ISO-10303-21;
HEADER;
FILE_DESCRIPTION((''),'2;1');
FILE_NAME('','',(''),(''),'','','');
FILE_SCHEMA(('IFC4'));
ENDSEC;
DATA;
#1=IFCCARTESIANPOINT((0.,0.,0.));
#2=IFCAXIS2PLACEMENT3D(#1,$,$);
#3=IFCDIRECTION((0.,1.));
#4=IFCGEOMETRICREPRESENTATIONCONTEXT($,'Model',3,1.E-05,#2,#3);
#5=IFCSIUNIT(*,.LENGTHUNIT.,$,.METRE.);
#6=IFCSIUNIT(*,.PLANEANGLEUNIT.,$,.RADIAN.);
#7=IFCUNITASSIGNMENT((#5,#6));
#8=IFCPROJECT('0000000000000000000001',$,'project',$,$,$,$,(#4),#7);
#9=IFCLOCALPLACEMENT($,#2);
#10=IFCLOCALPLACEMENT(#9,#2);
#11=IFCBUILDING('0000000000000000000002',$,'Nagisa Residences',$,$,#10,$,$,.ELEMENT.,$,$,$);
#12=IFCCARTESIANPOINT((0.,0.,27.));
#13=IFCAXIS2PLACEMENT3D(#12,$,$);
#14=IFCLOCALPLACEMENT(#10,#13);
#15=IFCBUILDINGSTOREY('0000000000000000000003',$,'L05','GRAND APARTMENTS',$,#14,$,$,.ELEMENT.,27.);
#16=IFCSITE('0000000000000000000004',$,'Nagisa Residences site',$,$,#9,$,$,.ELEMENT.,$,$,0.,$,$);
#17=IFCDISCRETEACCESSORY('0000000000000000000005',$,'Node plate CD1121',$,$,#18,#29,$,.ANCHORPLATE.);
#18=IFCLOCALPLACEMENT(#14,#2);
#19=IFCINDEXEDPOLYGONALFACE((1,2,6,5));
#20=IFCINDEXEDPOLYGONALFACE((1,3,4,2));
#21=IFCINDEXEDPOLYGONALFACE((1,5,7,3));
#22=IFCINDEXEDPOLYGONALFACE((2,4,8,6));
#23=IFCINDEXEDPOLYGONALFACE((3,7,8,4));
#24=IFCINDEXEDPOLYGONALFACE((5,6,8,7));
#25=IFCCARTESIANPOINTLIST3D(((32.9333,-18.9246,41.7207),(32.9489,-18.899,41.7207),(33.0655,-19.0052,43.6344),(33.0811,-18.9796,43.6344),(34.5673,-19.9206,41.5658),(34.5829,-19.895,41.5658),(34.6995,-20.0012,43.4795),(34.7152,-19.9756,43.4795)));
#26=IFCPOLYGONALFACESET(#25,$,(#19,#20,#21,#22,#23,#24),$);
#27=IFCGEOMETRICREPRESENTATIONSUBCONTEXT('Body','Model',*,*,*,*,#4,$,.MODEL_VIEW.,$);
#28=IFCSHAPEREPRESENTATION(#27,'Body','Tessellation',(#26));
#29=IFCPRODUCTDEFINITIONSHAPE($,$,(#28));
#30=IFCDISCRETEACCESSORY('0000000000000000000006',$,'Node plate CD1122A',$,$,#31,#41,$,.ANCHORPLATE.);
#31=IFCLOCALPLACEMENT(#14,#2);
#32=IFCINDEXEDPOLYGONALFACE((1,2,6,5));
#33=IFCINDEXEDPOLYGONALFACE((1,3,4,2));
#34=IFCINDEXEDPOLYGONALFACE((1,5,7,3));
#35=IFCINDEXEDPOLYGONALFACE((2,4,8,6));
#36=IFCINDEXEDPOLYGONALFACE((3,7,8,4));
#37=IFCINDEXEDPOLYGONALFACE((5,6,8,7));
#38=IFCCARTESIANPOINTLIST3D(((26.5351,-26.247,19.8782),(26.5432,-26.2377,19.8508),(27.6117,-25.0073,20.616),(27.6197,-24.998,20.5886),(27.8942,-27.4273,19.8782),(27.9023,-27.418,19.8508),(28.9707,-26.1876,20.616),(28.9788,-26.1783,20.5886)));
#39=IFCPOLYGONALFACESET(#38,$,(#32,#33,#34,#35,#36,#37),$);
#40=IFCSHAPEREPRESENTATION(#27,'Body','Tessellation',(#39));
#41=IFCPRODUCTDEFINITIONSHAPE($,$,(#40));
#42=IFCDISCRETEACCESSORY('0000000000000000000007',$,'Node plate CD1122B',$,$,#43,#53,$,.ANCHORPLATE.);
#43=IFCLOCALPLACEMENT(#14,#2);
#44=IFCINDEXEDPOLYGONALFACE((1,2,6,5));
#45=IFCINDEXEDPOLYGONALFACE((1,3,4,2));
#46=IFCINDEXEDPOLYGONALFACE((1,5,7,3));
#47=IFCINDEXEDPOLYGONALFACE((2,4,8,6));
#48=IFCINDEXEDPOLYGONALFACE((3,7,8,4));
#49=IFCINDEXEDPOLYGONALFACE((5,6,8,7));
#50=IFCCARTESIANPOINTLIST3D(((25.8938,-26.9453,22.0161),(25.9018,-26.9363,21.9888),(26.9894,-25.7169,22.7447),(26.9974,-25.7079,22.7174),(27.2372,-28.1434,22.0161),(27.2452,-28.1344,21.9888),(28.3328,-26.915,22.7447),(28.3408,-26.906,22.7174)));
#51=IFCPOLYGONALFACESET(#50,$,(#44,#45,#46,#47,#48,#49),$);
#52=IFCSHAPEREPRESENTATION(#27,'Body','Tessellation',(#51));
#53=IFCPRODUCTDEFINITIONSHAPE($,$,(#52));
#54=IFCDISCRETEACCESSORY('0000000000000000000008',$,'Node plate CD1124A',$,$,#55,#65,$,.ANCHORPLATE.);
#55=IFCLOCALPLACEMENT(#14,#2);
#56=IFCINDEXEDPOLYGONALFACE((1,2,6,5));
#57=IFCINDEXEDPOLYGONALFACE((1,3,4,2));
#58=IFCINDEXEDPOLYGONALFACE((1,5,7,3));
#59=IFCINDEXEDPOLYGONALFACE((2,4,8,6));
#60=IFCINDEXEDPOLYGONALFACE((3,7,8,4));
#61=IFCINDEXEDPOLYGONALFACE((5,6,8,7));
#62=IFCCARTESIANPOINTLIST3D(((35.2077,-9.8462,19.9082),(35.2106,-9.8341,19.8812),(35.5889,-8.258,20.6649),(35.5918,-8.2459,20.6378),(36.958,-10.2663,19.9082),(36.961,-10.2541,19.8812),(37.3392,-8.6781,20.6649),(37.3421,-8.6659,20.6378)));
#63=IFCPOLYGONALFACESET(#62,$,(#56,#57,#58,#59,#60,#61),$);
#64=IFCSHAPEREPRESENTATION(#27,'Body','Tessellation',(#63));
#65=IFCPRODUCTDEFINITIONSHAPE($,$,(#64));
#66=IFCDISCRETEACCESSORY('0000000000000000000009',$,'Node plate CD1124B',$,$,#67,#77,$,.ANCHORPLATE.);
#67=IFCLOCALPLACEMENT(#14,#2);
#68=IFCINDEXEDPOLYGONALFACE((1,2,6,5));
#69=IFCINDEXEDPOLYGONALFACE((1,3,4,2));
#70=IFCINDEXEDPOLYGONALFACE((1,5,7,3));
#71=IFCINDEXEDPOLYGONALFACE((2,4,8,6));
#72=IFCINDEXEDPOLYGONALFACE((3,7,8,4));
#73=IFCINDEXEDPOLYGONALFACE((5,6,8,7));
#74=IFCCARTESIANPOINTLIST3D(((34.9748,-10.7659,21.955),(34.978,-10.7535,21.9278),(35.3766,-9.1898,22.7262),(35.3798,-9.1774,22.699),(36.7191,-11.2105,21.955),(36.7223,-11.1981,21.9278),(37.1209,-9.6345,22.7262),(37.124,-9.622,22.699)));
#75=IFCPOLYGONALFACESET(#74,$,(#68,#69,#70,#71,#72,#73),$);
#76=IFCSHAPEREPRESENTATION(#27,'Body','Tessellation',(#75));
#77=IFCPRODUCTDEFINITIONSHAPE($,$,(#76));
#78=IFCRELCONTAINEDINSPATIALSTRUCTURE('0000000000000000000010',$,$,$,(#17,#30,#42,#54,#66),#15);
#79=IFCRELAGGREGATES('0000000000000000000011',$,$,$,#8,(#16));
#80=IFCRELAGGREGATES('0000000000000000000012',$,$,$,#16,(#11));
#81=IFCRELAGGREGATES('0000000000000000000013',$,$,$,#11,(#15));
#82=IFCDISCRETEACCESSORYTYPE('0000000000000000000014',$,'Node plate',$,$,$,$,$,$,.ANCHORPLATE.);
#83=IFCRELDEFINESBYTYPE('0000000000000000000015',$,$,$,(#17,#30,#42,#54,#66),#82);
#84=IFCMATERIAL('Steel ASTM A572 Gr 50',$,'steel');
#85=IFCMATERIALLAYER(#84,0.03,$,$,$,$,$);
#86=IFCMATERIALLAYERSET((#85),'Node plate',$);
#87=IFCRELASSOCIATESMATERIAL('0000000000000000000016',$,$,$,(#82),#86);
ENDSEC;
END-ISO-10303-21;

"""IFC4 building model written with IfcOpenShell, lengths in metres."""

from ifc_helpers import new_model, si_unit, direction, frame, origin, origin_2d, place, context, subcontext, project, spatial, rectangle, extrude, material, layer, layer_set, type_object, element, save


model = new_model("IFC4")

# Units and contexts
model_context = context("Model", 3, precision=1e-05, world=origin(), true_north=direction((0.0, 1.0)))
body_context = subcontext(model_context, "Body", "Model", "MODEL_VIEW")
ifc_project = project(units=[si_unit("LENGTHUNIT", "METRE"), si_unit("PLANEANGLEUNIT", "RADIAN")], contexts=[model_context])

# Site, building, storey
site_placement = place(None, origin())
site = spatial("IfcSite", under=ifc_project, at=site_placement, Name="Nagisa Residences site", CompositionType="ELEMENT", RefElevation=0.0)
building_placement = place(site_placement, origin())
building = spatial("IfcBuilding", under=site, at=building_placement, Name="Nagisa Residences", CompositionType="ELEMENT")
storey_placement = place(building_placement, frame((0.0, 0.0, 27.0)))
storey = spatial("IfcBuildingStorey", under=building, at=storey_placement, Name="L05", Description="GRAND APARTMENTS", CompositionType="ELEMENT", Elevation=27.0)

# Discrete accessories
ifc_material_1 = material(Name="Steel ASTM A572 Gr 50", Category="steel")
ifc_layer_1 = layer(ifc_material_1, 0.03)
ifc_layer_set_1 = layer_set([ifc_layer_1], Name="Node plate")
discrete_accessory_type = type_object("IfcDiscreteAccessoryType", Name="Node plate", PredefinedType="ANCHORPLATE", material=ifc_layer_set_1)
discrete_accessory_1_placement = place(storey_placement, frame((33.832, -19.4373, 42.6001), z_axis=(-0.520463, -0.853884, 0.0), x_axis=(-0.068876, 0.041982, -0.996741)))
element("IfcDiscreteAccessory", 1, at=discrete_accessory_1_placement, inside=storey, type_object=discrete_accessory_type, Name="Node plate CD1121", PredefinedType="ANCHORPLATE", context=body_context, shape_type="SweptSolid", body=[
    extrude(rectangle(XDim=1.9199, YDim=1.9199, at=origin_2d()), origin(), (0.0, 0.0, 1.0), 0.03),
])
discrete_accessory_2_placement = place(storey_placement, frame((27.761, -26.208, 20.2197), z_axis=(-0.268755, -0.309475, 0.912138), x_axis=(0.755033, -0.655687, 0.0)))
element("IfcDiscreteAccessory", 2, at=discrete_accessory_2_placement, inside=storey, type_object=discrete_accessory_type, Name="Node plate CD1122A", PredefinedType="ANCHORPLATE", context=body_context, shape_type="SweptSolid", body=[
    extrude(rectangle(XDim=1.8, YDim=1.8, at=origin_2d()), origin(), (0.0, 0.0, 1.0), 0.03),
])
for number, where, z_axis, x_axis, name in (
    (3, (27.1133, -26.9302, 22.3804), (0.269426, 0.302084, -0.914415), (-0.746295, 0.665615, 0.0), "Node plate CD1122B"),
    (4, (36.2764, -9.25, 20.2595), (-0.098094, -0.408725, 0.90737), (0.972387, -0.233373, 0.0), "Node plate CD1124A"),
):
    element("IfcDiscreteAccessory", number, at=place(storey_placement, frame(where, z_axis=z_axis, x_axis=x_axis)), inside=storey, type_object=discrete_accessory_type, Name=name, PredefinedType="ANCHORPLATE", context=body_context, shape_type="SweptSolid", body=[
        extrude(rectangle(XDim=1.8, YDim=1.8, at=origin_2d()), origin(), (0.0, 0.0, 1.0), 0.0298),
    ])
discrete_accessory_3_placement = place(storey_placement, frame((36.0479, -10.2002, 22.3406), z_axis=(0.105824, 0.415156, -0.903575), x_axis=(-0.969015, 0.247004, 0.0)))
element("IfcDiscreteAccessory", 5, at=discrete_accessory_3_placement, inside=storey, type_object=discrete_accessory_type, Name="Node plate CD1124B", PredefinedType="ANCHORPLATE", context=body_context, shape_type="SweptSolid", body=[
    extrude(rectangle(XDim=1.8, YDim=1.8, at=origin_2d()), origin(), (0.0, 0.0, 1.0), 0.03),
])

save(model, "model.ifc")
